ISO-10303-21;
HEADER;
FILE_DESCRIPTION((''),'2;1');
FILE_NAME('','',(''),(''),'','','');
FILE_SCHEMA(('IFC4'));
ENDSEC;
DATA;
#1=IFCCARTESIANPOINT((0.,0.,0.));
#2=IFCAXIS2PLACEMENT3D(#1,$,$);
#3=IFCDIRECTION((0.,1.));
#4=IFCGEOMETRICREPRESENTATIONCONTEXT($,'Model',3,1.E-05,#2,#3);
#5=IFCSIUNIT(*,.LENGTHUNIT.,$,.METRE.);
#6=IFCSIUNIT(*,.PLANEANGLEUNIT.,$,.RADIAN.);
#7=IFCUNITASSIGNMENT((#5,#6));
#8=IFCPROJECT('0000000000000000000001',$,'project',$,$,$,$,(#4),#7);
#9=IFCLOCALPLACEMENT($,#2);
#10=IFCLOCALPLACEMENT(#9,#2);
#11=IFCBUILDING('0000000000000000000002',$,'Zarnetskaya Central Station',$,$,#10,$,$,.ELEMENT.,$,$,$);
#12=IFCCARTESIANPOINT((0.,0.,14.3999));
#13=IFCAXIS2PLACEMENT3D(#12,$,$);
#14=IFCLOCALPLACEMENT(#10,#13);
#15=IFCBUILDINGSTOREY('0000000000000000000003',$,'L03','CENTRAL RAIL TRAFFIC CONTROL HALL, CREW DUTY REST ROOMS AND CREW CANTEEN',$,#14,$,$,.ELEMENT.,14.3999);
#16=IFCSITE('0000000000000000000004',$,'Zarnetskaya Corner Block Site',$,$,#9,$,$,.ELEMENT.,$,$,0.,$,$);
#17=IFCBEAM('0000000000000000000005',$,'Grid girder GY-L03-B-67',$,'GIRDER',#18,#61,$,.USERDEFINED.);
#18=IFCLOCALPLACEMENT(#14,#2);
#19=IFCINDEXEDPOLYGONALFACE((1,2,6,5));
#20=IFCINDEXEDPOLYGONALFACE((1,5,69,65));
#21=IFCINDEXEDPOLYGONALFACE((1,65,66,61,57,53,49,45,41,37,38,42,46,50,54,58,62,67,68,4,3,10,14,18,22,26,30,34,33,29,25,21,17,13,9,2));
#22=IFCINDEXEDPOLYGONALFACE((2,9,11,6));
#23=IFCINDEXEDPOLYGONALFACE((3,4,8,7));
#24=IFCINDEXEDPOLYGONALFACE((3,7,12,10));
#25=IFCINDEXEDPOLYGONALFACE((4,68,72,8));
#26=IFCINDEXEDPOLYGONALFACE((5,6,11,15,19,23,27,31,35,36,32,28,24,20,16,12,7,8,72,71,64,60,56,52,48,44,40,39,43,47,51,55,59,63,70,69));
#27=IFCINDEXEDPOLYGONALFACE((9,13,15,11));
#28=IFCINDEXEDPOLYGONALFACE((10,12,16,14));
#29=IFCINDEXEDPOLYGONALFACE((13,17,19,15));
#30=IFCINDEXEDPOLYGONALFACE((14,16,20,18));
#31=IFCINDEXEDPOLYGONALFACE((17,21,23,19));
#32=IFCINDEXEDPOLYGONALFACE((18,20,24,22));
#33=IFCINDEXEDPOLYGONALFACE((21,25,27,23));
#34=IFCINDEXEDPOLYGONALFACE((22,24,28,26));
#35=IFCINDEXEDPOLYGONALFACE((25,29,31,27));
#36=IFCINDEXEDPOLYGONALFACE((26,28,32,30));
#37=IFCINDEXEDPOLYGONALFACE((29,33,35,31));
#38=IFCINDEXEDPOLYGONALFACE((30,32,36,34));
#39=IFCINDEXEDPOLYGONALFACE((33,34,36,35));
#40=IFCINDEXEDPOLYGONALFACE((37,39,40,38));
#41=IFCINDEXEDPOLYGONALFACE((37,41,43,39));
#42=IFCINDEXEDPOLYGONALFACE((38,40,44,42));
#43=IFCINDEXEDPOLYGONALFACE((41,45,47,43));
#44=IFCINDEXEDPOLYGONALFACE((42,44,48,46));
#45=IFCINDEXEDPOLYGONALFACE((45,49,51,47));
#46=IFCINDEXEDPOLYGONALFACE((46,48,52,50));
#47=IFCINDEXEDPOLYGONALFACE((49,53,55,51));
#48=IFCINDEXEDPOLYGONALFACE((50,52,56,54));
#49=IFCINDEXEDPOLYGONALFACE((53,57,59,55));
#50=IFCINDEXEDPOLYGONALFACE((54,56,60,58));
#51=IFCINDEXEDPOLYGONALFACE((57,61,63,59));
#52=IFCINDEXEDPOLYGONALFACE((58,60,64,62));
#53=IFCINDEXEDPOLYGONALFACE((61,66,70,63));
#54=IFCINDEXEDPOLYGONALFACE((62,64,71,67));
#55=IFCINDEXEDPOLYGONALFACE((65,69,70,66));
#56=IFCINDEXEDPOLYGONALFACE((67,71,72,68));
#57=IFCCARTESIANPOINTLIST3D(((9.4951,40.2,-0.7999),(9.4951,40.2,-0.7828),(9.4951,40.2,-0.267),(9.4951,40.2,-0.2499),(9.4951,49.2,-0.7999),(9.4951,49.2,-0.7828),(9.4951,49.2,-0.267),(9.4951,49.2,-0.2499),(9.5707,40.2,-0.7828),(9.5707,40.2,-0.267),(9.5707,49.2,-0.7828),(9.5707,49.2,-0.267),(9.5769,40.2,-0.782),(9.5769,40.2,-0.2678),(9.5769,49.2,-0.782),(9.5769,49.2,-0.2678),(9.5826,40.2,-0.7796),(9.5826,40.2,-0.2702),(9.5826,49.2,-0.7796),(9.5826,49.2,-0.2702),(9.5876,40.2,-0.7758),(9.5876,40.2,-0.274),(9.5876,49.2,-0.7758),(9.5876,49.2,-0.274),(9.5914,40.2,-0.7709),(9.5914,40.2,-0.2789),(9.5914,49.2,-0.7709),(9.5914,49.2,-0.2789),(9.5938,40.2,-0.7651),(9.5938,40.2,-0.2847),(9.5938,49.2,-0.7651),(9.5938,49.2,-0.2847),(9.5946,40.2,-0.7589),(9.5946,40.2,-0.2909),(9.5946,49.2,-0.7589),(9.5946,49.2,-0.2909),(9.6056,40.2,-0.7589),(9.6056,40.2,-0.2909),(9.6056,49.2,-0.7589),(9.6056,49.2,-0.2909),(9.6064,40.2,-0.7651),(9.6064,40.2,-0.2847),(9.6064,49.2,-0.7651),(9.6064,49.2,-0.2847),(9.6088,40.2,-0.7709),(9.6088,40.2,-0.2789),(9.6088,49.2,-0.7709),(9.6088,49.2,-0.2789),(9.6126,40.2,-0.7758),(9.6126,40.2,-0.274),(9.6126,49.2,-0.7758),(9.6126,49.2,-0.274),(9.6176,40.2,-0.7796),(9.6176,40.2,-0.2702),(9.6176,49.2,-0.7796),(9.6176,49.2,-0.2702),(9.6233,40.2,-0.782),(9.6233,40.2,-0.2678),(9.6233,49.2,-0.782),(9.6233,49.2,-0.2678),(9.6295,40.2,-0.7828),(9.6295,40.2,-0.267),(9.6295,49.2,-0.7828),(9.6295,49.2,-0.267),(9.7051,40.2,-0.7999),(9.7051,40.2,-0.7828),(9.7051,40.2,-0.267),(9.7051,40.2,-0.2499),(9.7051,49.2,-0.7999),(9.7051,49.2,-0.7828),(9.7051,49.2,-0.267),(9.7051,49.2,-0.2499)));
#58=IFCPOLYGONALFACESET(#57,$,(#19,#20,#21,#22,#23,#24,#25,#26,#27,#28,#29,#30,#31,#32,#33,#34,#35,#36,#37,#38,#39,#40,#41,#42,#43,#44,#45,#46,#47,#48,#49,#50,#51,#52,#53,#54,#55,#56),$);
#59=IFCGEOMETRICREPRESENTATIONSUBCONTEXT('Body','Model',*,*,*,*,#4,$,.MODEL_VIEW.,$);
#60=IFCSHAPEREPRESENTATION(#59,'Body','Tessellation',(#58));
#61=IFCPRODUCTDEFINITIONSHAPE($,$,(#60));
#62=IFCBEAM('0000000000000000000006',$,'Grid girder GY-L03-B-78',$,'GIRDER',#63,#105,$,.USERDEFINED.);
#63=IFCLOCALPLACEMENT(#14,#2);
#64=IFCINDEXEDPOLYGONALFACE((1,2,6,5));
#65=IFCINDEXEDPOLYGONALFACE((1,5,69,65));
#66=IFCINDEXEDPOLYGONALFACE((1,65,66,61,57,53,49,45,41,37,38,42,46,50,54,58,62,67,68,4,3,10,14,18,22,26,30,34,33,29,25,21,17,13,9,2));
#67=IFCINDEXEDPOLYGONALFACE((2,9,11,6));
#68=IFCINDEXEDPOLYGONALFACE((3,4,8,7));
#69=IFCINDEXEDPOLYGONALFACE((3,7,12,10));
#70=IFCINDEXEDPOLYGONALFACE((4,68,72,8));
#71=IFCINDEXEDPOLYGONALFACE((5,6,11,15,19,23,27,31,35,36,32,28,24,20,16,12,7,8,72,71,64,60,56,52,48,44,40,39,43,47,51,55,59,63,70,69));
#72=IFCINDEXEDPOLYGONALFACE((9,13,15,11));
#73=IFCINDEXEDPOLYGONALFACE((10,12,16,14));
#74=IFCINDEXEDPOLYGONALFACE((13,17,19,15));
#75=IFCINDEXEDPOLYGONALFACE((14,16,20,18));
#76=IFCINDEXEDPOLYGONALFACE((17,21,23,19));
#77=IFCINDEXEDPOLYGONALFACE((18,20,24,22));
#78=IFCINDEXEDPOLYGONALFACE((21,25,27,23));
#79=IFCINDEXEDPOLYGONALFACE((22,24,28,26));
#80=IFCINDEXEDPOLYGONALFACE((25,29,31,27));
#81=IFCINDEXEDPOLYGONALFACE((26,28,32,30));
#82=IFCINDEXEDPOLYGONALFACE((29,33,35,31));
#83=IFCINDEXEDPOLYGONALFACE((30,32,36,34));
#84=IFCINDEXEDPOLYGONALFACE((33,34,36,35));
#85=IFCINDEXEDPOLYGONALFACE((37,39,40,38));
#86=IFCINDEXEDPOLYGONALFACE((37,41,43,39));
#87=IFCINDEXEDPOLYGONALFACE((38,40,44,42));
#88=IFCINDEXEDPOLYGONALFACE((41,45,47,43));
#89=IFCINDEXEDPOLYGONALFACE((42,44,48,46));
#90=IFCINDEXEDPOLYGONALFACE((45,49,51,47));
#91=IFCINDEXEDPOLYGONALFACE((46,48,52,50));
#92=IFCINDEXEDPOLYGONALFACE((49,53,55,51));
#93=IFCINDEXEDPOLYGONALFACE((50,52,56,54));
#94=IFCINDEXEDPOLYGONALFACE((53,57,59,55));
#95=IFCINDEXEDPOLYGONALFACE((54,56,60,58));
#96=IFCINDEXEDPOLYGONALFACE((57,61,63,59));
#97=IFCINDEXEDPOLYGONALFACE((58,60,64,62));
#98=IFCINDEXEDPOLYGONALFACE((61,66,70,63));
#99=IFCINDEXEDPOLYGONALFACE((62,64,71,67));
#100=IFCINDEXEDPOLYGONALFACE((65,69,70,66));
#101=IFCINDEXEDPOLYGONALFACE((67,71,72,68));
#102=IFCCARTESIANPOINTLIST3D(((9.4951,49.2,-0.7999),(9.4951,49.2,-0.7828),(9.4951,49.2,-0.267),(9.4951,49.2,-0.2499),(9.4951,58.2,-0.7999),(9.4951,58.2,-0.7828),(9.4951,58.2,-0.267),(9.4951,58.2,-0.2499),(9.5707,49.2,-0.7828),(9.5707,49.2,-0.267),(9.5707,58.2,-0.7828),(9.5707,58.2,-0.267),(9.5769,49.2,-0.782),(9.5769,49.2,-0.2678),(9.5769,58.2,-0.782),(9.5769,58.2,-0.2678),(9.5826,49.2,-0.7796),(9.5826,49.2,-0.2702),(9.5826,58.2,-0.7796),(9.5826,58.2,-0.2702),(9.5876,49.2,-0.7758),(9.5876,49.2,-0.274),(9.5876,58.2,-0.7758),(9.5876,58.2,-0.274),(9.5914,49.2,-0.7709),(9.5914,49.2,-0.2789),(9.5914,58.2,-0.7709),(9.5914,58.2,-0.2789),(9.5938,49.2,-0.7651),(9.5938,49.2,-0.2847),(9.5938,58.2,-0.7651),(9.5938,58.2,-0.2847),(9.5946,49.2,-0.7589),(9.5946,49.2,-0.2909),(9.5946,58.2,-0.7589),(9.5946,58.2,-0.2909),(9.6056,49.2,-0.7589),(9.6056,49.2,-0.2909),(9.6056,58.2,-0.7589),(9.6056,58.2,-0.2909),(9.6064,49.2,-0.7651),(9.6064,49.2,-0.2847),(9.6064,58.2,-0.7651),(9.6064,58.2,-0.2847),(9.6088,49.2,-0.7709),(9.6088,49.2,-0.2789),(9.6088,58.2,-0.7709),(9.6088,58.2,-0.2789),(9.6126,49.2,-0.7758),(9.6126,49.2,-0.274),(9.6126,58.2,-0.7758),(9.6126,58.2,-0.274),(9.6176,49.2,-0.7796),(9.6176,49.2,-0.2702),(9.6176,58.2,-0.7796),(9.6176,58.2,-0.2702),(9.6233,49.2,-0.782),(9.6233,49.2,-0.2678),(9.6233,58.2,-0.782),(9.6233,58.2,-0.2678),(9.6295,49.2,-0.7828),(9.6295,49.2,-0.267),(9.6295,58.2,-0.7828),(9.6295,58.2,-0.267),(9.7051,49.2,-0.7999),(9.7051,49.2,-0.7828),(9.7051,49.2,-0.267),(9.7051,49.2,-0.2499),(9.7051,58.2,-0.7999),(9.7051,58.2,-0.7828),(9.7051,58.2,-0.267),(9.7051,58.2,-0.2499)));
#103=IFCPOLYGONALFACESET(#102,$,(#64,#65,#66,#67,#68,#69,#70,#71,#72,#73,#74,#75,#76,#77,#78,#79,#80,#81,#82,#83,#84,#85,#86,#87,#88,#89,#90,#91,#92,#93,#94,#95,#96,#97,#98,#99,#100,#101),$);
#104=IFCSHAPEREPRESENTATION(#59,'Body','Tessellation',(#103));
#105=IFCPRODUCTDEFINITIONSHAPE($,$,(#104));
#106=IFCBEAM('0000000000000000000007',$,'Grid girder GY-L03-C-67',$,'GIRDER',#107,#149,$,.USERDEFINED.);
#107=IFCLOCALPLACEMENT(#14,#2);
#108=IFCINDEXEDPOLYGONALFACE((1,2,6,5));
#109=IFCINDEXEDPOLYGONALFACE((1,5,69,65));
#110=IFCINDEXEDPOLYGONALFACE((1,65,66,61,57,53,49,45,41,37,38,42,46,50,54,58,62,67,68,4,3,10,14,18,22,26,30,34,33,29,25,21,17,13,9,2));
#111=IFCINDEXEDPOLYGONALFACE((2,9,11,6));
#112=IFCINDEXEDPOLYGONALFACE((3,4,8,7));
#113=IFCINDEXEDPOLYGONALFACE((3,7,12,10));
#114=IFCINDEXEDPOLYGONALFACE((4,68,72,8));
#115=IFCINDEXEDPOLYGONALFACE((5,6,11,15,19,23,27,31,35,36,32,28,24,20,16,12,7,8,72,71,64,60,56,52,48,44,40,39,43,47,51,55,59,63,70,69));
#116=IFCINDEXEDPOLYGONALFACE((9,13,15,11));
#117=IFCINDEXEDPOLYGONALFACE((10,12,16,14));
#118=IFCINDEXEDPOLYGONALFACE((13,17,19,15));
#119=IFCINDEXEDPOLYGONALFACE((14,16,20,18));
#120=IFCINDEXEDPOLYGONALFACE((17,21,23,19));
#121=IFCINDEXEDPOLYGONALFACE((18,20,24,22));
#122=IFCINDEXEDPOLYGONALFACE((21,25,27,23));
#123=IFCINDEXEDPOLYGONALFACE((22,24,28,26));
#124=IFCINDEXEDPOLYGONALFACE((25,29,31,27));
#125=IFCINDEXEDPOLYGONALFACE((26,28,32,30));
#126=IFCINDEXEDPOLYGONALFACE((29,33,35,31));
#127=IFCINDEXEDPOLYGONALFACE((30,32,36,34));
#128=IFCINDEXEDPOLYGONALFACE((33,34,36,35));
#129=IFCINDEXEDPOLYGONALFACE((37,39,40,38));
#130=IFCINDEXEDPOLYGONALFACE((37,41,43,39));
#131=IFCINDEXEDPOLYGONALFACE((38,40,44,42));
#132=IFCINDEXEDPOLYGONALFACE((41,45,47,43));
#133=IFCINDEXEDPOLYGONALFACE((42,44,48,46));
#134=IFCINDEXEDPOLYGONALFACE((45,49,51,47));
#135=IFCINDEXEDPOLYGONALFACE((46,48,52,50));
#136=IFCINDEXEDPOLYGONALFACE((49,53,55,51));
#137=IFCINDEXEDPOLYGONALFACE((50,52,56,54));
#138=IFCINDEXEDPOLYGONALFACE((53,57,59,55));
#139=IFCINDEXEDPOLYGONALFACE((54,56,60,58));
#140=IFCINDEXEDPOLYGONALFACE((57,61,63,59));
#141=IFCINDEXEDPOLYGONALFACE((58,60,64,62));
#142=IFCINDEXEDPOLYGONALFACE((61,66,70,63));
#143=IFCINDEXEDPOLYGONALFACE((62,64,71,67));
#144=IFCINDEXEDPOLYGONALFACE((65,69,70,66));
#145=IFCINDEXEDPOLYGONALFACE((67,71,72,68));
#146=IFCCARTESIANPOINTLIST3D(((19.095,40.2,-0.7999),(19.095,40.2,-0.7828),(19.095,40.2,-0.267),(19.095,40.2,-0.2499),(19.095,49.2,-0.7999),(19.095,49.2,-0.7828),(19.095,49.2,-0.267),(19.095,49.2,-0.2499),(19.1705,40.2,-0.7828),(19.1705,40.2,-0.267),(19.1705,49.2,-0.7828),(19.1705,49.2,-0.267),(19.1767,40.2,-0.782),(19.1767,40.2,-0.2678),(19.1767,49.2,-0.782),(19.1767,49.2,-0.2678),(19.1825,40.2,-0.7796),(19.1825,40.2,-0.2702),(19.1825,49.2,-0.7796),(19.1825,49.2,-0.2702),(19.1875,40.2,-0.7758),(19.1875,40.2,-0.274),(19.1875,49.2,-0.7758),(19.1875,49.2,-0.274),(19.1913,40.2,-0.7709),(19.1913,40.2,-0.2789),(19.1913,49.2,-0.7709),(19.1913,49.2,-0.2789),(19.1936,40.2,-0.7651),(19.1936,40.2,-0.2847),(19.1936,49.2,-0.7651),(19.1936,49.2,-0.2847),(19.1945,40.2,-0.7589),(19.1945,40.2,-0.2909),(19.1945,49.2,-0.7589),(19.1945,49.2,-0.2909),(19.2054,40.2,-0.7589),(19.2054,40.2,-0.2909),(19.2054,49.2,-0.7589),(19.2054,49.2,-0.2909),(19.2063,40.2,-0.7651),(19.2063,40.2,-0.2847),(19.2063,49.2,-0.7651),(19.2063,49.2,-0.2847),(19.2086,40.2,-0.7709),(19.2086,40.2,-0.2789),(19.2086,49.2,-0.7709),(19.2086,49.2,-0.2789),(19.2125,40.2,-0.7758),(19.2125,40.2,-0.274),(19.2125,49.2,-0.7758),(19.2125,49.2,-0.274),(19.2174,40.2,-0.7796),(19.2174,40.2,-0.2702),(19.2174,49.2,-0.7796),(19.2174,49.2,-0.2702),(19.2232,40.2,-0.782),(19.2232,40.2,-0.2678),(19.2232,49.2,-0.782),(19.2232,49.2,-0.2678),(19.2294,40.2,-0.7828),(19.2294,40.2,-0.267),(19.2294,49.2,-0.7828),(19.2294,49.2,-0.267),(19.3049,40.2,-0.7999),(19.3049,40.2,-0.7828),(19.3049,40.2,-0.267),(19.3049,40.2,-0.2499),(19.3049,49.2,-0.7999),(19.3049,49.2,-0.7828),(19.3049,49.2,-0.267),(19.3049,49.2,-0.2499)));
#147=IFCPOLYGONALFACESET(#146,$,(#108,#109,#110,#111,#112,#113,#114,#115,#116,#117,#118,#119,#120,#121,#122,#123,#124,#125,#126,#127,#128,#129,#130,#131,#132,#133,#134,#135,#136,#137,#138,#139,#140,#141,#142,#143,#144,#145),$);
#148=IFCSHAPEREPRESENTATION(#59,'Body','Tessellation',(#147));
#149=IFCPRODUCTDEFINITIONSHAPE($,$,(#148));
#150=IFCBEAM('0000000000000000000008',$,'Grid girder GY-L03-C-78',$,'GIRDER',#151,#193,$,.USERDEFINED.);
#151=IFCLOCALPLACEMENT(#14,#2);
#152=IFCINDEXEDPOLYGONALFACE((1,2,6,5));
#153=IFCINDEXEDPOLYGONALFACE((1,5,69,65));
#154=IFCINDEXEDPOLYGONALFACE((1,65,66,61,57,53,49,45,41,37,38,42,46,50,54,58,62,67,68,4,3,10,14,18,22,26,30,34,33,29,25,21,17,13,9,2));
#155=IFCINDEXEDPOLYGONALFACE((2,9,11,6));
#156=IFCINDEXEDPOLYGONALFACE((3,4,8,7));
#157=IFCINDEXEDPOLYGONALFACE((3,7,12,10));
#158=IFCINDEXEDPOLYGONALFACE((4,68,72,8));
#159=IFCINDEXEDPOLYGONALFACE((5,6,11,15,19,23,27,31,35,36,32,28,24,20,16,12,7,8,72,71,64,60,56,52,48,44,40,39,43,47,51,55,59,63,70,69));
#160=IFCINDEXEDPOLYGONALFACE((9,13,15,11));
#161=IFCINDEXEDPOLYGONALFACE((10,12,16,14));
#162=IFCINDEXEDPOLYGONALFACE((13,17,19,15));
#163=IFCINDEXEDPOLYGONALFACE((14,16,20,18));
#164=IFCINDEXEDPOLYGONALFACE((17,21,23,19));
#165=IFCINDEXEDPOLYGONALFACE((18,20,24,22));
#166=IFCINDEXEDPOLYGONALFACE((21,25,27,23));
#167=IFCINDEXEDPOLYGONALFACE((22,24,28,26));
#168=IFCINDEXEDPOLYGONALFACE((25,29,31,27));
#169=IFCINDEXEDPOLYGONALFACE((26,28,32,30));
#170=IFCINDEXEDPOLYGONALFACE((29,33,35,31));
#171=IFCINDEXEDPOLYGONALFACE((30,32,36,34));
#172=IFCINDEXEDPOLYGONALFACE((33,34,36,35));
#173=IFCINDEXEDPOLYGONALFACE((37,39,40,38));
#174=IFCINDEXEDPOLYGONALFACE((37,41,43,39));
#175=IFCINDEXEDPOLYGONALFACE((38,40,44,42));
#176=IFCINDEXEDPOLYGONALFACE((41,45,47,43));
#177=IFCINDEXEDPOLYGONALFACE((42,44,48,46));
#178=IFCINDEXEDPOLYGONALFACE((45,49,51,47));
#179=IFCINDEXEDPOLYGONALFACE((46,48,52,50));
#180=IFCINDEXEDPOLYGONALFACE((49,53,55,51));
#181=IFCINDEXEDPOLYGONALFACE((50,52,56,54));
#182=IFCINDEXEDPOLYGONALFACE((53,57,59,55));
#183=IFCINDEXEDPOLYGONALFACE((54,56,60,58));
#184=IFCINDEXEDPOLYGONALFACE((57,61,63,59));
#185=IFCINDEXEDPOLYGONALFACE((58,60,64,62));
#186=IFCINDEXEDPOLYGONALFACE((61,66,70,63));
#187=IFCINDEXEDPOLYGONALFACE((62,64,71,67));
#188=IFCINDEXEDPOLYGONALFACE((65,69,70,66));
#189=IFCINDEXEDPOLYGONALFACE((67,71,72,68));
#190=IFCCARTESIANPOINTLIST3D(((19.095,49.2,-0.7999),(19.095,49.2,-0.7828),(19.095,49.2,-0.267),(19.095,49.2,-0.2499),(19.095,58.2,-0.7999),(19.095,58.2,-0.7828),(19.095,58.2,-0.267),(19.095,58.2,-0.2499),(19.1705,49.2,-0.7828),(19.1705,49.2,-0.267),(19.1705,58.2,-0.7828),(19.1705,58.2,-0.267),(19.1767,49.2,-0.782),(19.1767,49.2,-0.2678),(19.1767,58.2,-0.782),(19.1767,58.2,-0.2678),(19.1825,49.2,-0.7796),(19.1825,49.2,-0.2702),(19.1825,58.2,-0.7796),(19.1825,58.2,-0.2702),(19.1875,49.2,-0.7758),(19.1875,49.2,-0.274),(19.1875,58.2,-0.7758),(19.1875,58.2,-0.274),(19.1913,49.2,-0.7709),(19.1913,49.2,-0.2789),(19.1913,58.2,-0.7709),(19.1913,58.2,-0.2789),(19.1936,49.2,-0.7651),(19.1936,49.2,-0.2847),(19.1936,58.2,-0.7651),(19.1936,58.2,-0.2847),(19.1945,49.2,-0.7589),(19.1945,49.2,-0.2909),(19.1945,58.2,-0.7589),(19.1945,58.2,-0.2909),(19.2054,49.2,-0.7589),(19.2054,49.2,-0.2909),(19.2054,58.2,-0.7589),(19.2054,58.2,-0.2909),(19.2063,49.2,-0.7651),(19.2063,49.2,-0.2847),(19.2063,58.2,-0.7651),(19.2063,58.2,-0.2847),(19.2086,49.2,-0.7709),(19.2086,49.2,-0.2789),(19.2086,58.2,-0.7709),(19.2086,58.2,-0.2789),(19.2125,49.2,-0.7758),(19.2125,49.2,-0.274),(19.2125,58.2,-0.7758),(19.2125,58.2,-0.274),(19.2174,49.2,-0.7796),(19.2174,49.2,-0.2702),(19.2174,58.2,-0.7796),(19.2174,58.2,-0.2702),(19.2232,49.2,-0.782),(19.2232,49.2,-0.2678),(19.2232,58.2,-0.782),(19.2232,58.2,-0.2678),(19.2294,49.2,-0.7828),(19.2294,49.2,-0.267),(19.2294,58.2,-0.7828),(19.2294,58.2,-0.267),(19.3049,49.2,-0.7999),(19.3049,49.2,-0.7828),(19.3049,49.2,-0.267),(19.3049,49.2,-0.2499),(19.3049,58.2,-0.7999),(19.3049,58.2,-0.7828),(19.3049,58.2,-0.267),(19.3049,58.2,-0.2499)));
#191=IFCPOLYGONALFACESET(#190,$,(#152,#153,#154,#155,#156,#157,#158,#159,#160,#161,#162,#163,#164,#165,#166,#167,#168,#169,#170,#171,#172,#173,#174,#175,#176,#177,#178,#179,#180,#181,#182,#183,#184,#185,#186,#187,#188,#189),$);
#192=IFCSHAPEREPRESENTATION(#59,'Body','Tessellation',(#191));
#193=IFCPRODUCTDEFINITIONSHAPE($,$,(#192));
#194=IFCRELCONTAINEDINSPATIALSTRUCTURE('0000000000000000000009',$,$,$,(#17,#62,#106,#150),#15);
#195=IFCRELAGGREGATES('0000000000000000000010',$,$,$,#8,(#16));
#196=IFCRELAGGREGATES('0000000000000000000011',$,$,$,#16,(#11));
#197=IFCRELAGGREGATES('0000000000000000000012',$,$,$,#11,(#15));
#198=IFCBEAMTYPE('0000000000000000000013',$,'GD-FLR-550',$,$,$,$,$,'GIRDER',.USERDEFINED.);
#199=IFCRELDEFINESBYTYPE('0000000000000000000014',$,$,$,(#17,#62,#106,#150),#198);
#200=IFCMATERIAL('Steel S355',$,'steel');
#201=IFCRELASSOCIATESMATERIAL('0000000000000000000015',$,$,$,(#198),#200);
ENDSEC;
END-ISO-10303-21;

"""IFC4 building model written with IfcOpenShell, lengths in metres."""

from ifc_helpers import new_model, si_unit, direction, frame, origin, origin_2d, place, context, subcontext, project, spatial, i_section, extrude, material, material_profile, profile_set, type_object, element, save


model = new_model("IFC4")

# Units and contexts
model_context = context("Model", 3, precision=1e-05, world=origin(), true_north=direction((0.0, 1.0)))
body_context = subcontext(model_context, "Body", "Model", "MODEL_VIEW")
ifc_project = project(units=[si_unit("LENGTHUNIT", "METRE"), si_unit("PLANEANGLEUNIT", "RADIAN")], contexts=[model_context])

# Site, building, storey
site_placement = place(None, origin())
site = spatial("IfcSite", under=ifc_project, at=site_placement, Name="Zarnetskaya Corner Block Site", CompositionType="ELEMENT", RefElevation=0.0)
building_placement = place(site_placement, origin())
building = spatial("IfcBuilding", under=site, at=building_placement, Name="Zarnetskaya Central Station", CompositionType="ELEMENT")
storey_placement = place(building_placement, frame((0.0, 0.0, 14.3999)))
storey = spatial("IfcBuildingStorey", under=building, at=storey_placement, Name="L03", Description="CENTRAL RAIL TRAFFIC CONTROL HALL, CREW DUTY REST ROOMS AND CREW CANTEEN", CompositionType="ELEMENT", Elevation=14.3999)

# Shared definitions
ifc_material_1 = material(Name="Steel S355", Category="steel")

# Beams
ifc_material_profile_1 = material_profile(ifc_material_1, i_section(OverallWidth=0.21, OverallDepth=0.55, WebThickness=0.011, FlangeThickness=0.0171, FilletRadius=0.0239, at=origin_2d()), Name="IPE 550")
ifc_profile_set_1 = profile_set([ifc_material_profile_1], Name="Steel S355")
beam_type_1 = type_object("IfcBeamType", Name="GD-FLR-550", ElementType="GIRDER", PredefinedType="USERDEFINED", material=ifc_profile_set_1)
for number, where, z_axis, x_axis, name in (
    (1, (9.6001, 40.2, -0.5249), (0.0, 1.0, 0.0), (-1.0, 0.0, 0.0), "Grid girder GY-L03-B-67"),
    (2, (9.6001, 49.2, -0.5249), (0.0, 1.0, 0.0), (-1.0, 0.0, 0.0), "Grid girder GY-L03-B-78"),
    (3, (19.2, 40.2, -0.5249), (0.0, 1.0, 0.0), (-1.0, 0.0, 0.0), "Grid girder GY-L03-C-67"),
    (4, (19.2, 49.2, -0.5249), (0.0, 1.0, 0.0), (-1.0, 0.0, 0.0), "Grid girder GY-L03-C-78"),
):
    element("IfcBeam", number, at=place(storey_placement, frame(where, z_axis=z_axis, x_axis=x_axis)), inside=storey, type_object=beam_type_1, Name=name, ObjectType="GIRDER", PredefinedType="USERDEFINED", context=body_context, shape_type="SweptSolid", body=[
        extrude(i_section(OverallWidth=0.21, OverallDepth=0.55, WebThickness=0.011, FlangeThickness=0.0171, FilletRadius=0.0239, at=origin_2d()), origin(), (0.0, 0.0, 1.0), 9.0),
    ])

save(model, "model.ifc")
